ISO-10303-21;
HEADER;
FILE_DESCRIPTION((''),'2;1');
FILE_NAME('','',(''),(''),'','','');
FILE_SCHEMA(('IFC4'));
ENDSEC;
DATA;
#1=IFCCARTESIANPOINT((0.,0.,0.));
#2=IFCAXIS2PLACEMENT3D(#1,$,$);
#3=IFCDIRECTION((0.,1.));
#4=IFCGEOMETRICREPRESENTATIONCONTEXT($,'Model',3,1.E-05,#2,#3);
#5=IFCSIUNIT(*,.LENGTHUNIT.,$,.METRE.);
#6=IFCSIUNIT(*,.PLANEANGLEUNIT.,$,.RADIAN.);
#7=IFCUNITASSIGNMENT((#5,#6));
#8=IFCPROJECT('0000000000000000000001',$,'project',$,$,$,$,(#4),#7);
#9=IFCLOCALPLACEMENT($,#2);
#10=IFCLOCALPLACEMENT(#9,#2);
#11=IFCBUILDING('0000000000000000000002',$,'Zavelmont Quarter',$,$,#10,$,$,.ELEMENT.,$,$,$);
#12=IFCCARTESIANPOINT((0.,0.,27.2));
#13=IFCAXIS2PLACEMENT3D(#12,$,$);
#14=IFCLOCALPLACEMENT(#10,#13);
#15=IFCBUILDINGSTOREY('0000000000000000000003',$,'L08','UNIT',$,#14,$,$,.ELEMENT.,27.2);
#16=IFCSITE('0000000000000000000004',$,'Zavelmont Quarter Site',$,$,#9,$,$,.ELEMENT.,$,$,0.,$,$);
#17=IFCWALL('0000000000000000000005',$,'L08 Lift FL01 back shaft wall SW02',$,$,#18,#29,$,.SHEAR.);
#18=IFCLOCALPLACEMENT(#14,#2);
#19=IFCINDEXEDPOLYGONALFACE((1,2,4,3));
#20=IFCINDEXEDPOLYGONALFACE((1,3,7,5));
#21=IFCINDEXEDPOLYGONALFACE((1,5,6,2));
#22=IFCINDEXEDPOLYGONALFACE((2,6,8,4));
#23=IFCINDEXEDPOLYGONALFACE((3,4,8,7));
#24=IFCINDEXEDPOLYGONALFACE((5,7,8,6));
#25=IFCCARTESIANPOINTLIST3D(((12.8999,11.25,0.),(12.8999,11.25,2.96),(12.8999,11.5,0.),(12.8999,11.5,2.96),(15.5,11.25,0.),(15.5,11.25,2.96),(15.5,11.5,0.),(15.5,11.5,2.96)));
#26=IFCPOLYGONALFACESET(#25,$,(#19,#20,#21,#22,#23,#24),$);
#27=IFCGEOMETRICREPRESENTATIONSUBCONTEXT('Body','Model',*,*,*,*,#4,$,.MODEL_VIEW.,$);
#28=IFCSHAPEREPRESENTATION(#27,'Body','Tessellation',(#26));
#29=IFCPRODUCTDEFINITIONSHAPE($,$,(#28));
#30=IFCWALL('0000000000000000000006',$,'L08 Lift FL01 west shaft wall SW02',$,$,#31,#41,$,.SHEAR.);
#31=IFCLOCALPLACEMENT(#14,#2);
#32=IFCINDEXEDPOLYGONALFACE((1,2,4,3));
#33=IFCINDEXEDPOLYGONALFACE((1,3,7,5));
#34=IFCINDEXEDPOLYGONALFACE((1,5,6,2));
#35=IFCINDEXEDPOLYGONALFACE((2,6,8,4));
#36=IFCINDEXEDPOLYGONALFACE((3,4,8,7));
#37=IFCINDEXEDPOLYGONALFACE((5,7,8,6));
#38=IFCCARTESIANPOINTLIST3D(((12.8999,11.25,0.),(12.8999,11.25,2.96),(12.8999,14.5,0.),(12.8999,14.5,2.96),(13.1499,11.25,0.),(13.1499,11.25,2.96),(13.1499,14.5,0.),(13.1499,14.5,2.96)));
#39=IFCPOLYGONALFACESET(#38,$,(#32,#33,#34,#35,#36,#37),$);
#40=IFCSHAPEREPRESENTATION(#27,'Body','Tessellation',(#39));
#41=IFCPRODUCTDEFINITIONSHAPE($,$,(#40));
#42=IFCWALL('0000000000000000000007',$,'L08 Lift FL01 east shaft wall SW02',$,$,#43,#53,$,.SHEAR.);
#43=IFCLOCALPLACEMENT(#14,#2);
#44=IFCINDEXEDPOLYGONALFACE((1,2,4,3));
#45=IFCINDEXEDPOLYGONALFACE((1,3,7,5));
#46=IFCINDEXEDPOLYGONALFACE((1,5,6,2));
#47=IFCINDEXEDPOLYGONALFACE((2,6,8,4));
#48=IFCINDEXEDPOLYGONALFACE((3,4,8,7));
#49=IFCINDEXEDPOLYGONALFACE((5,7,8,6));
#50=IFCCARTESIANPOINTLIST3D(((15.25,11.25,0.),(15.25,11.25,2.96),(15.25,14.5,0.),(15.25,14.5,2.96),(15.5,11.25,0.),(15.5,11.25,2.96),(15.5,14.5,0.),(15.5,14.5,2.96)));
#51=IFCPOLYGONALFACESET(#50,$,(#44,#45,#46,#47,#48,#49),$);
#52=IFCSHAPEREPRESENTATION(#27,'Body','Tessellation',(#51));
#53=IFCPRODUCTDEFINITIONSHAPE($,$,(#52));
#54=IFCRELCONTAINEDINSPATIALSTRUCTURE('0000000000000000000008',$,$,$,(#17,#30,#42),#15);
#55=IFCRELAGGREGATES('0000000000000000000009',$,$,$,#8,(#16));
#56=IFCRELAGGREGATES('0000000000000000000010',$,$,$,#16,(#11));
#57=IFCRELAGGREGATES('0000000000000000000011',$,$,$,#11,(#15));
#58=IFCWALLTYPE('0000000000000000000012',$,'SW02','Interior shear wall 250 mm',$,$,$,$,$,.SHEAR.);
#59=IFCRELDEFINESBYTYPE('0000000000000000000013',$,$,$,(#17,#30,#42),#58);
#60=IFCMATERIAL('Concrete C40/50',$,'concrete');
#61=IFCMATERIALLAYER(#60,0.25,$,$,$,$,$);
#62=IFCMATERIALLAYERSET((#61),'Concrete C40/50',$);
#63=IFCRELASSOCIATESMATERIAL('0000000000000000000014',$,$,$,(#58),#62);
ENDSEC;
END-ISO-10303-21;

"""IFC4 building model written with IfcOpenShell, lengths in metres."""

from ifc_helpers import new_model, si_unit, direction, frame, frame_2d, origin, place, context, subcontext, project, spatial, rectangle, extrude, material, layer, layer_set, type_object, element, save


model = new_model("IFC4")

# Units and contexts
model_context = context("Model", 3, precision=1e-05, world=origin(), true_north=direction((0.0, 1.0)))
body_context = subcontext(model_context, "Body", "Model", "MODEL_VIEW")
ifc_project = project(units=[si_unit("LENGTHUNIT", "METRE"), si_unit("PLANEANGLEUNIT", "RADIAN")], contexts=[model_context])

# Site, building, storey
site_placement = place(None, origin())
site = spatial("IfcSite", under=ifc_project, at=site_placement, Name="Zavelmont Quarter Site", CompositionType="ELEMENT", RefElevation=0.0)
building_placement = place(site_placement, origin())
building = spatial("IfcBuilding", under=site, at=building_placement, Name="Zavelmont Quarter", CompositionType="ELEMENT")
storey_placement = place(building_placement, frame((0.0, 0.0, 27.2)))
storey = spatial("IfcBuildingStorey", under=building, at=storey_placement, Name="L08", Description="UNIT", CompositionType="ELEMENT", Elevation=27.2)

# Shared definitions
ifc_material_1 = material(Name="Concrete C40/50", Category="concrete")

# Shared definitions
ifc_layer_1 = layer(ifc_material_1, 0.25)
ifc_layer_set_1 = layer_set([ifc_layer_1], Name="Concrete C40/50")
wall_type_1 = type_object("IfcWallType", Name="SW02", Description="Interior shear wall 250 mm", PredefinedType="SHEAR", material=ifc_layer_set_1)

# Walls
wall_1_placement = place(storey_placement, frame((12.8999, 11.375, 0.0), z_axis=(0.0, 0.0, 1.0), x_axis=(1.0, 0.0, 0.0)))
element("IfcWall", 1, at=wall_1_placement, inside=storey, type_object=wall_type_1, Name="L08 Lift FL01 back shaft wall SW02", PredefinedType="SHEAR", context=body_context, shape_type="SweptSolid", body=[
    extrude(rectangle(XDim=2.6001, YDim=0.25, at=frame_2d((1.3, 0.0))), origin(), (0.0, 0.0, 1.0), 2.96),
])
for number, where, z_axis, x_axis, name in (
    (2, (13.0249, 11.25, 0.0), (0.0, 0.0, 1.0), (0.0, 1.0, 0.0), "L08 Lift FL01 west shaft wall SW02"),
    (3, (15.375, 11.25, 0.0), (0.0, 0.0, 1.0), (0.0, 1.0, 0.0), "L08 Lift FL01 east shaft wall SW02"),
):
    element("IfcWall", number, at=place(storey_placement, frame(where, z_axis=z_axis, x_axis=x_axis)), inside=storey, type_object=wall_type_1, Name=name, PredefinedType="SHEAR", context=body_context, shape_type="SweptSolid", body=[
        extrude(rectangle(XDim=3.25, YDim=0.25, at=frame_2d((1.625, 0.0))), origin(), (0.0, 0.0, 1.0), 2.96),
    ])

save(model, "model.ifc")
